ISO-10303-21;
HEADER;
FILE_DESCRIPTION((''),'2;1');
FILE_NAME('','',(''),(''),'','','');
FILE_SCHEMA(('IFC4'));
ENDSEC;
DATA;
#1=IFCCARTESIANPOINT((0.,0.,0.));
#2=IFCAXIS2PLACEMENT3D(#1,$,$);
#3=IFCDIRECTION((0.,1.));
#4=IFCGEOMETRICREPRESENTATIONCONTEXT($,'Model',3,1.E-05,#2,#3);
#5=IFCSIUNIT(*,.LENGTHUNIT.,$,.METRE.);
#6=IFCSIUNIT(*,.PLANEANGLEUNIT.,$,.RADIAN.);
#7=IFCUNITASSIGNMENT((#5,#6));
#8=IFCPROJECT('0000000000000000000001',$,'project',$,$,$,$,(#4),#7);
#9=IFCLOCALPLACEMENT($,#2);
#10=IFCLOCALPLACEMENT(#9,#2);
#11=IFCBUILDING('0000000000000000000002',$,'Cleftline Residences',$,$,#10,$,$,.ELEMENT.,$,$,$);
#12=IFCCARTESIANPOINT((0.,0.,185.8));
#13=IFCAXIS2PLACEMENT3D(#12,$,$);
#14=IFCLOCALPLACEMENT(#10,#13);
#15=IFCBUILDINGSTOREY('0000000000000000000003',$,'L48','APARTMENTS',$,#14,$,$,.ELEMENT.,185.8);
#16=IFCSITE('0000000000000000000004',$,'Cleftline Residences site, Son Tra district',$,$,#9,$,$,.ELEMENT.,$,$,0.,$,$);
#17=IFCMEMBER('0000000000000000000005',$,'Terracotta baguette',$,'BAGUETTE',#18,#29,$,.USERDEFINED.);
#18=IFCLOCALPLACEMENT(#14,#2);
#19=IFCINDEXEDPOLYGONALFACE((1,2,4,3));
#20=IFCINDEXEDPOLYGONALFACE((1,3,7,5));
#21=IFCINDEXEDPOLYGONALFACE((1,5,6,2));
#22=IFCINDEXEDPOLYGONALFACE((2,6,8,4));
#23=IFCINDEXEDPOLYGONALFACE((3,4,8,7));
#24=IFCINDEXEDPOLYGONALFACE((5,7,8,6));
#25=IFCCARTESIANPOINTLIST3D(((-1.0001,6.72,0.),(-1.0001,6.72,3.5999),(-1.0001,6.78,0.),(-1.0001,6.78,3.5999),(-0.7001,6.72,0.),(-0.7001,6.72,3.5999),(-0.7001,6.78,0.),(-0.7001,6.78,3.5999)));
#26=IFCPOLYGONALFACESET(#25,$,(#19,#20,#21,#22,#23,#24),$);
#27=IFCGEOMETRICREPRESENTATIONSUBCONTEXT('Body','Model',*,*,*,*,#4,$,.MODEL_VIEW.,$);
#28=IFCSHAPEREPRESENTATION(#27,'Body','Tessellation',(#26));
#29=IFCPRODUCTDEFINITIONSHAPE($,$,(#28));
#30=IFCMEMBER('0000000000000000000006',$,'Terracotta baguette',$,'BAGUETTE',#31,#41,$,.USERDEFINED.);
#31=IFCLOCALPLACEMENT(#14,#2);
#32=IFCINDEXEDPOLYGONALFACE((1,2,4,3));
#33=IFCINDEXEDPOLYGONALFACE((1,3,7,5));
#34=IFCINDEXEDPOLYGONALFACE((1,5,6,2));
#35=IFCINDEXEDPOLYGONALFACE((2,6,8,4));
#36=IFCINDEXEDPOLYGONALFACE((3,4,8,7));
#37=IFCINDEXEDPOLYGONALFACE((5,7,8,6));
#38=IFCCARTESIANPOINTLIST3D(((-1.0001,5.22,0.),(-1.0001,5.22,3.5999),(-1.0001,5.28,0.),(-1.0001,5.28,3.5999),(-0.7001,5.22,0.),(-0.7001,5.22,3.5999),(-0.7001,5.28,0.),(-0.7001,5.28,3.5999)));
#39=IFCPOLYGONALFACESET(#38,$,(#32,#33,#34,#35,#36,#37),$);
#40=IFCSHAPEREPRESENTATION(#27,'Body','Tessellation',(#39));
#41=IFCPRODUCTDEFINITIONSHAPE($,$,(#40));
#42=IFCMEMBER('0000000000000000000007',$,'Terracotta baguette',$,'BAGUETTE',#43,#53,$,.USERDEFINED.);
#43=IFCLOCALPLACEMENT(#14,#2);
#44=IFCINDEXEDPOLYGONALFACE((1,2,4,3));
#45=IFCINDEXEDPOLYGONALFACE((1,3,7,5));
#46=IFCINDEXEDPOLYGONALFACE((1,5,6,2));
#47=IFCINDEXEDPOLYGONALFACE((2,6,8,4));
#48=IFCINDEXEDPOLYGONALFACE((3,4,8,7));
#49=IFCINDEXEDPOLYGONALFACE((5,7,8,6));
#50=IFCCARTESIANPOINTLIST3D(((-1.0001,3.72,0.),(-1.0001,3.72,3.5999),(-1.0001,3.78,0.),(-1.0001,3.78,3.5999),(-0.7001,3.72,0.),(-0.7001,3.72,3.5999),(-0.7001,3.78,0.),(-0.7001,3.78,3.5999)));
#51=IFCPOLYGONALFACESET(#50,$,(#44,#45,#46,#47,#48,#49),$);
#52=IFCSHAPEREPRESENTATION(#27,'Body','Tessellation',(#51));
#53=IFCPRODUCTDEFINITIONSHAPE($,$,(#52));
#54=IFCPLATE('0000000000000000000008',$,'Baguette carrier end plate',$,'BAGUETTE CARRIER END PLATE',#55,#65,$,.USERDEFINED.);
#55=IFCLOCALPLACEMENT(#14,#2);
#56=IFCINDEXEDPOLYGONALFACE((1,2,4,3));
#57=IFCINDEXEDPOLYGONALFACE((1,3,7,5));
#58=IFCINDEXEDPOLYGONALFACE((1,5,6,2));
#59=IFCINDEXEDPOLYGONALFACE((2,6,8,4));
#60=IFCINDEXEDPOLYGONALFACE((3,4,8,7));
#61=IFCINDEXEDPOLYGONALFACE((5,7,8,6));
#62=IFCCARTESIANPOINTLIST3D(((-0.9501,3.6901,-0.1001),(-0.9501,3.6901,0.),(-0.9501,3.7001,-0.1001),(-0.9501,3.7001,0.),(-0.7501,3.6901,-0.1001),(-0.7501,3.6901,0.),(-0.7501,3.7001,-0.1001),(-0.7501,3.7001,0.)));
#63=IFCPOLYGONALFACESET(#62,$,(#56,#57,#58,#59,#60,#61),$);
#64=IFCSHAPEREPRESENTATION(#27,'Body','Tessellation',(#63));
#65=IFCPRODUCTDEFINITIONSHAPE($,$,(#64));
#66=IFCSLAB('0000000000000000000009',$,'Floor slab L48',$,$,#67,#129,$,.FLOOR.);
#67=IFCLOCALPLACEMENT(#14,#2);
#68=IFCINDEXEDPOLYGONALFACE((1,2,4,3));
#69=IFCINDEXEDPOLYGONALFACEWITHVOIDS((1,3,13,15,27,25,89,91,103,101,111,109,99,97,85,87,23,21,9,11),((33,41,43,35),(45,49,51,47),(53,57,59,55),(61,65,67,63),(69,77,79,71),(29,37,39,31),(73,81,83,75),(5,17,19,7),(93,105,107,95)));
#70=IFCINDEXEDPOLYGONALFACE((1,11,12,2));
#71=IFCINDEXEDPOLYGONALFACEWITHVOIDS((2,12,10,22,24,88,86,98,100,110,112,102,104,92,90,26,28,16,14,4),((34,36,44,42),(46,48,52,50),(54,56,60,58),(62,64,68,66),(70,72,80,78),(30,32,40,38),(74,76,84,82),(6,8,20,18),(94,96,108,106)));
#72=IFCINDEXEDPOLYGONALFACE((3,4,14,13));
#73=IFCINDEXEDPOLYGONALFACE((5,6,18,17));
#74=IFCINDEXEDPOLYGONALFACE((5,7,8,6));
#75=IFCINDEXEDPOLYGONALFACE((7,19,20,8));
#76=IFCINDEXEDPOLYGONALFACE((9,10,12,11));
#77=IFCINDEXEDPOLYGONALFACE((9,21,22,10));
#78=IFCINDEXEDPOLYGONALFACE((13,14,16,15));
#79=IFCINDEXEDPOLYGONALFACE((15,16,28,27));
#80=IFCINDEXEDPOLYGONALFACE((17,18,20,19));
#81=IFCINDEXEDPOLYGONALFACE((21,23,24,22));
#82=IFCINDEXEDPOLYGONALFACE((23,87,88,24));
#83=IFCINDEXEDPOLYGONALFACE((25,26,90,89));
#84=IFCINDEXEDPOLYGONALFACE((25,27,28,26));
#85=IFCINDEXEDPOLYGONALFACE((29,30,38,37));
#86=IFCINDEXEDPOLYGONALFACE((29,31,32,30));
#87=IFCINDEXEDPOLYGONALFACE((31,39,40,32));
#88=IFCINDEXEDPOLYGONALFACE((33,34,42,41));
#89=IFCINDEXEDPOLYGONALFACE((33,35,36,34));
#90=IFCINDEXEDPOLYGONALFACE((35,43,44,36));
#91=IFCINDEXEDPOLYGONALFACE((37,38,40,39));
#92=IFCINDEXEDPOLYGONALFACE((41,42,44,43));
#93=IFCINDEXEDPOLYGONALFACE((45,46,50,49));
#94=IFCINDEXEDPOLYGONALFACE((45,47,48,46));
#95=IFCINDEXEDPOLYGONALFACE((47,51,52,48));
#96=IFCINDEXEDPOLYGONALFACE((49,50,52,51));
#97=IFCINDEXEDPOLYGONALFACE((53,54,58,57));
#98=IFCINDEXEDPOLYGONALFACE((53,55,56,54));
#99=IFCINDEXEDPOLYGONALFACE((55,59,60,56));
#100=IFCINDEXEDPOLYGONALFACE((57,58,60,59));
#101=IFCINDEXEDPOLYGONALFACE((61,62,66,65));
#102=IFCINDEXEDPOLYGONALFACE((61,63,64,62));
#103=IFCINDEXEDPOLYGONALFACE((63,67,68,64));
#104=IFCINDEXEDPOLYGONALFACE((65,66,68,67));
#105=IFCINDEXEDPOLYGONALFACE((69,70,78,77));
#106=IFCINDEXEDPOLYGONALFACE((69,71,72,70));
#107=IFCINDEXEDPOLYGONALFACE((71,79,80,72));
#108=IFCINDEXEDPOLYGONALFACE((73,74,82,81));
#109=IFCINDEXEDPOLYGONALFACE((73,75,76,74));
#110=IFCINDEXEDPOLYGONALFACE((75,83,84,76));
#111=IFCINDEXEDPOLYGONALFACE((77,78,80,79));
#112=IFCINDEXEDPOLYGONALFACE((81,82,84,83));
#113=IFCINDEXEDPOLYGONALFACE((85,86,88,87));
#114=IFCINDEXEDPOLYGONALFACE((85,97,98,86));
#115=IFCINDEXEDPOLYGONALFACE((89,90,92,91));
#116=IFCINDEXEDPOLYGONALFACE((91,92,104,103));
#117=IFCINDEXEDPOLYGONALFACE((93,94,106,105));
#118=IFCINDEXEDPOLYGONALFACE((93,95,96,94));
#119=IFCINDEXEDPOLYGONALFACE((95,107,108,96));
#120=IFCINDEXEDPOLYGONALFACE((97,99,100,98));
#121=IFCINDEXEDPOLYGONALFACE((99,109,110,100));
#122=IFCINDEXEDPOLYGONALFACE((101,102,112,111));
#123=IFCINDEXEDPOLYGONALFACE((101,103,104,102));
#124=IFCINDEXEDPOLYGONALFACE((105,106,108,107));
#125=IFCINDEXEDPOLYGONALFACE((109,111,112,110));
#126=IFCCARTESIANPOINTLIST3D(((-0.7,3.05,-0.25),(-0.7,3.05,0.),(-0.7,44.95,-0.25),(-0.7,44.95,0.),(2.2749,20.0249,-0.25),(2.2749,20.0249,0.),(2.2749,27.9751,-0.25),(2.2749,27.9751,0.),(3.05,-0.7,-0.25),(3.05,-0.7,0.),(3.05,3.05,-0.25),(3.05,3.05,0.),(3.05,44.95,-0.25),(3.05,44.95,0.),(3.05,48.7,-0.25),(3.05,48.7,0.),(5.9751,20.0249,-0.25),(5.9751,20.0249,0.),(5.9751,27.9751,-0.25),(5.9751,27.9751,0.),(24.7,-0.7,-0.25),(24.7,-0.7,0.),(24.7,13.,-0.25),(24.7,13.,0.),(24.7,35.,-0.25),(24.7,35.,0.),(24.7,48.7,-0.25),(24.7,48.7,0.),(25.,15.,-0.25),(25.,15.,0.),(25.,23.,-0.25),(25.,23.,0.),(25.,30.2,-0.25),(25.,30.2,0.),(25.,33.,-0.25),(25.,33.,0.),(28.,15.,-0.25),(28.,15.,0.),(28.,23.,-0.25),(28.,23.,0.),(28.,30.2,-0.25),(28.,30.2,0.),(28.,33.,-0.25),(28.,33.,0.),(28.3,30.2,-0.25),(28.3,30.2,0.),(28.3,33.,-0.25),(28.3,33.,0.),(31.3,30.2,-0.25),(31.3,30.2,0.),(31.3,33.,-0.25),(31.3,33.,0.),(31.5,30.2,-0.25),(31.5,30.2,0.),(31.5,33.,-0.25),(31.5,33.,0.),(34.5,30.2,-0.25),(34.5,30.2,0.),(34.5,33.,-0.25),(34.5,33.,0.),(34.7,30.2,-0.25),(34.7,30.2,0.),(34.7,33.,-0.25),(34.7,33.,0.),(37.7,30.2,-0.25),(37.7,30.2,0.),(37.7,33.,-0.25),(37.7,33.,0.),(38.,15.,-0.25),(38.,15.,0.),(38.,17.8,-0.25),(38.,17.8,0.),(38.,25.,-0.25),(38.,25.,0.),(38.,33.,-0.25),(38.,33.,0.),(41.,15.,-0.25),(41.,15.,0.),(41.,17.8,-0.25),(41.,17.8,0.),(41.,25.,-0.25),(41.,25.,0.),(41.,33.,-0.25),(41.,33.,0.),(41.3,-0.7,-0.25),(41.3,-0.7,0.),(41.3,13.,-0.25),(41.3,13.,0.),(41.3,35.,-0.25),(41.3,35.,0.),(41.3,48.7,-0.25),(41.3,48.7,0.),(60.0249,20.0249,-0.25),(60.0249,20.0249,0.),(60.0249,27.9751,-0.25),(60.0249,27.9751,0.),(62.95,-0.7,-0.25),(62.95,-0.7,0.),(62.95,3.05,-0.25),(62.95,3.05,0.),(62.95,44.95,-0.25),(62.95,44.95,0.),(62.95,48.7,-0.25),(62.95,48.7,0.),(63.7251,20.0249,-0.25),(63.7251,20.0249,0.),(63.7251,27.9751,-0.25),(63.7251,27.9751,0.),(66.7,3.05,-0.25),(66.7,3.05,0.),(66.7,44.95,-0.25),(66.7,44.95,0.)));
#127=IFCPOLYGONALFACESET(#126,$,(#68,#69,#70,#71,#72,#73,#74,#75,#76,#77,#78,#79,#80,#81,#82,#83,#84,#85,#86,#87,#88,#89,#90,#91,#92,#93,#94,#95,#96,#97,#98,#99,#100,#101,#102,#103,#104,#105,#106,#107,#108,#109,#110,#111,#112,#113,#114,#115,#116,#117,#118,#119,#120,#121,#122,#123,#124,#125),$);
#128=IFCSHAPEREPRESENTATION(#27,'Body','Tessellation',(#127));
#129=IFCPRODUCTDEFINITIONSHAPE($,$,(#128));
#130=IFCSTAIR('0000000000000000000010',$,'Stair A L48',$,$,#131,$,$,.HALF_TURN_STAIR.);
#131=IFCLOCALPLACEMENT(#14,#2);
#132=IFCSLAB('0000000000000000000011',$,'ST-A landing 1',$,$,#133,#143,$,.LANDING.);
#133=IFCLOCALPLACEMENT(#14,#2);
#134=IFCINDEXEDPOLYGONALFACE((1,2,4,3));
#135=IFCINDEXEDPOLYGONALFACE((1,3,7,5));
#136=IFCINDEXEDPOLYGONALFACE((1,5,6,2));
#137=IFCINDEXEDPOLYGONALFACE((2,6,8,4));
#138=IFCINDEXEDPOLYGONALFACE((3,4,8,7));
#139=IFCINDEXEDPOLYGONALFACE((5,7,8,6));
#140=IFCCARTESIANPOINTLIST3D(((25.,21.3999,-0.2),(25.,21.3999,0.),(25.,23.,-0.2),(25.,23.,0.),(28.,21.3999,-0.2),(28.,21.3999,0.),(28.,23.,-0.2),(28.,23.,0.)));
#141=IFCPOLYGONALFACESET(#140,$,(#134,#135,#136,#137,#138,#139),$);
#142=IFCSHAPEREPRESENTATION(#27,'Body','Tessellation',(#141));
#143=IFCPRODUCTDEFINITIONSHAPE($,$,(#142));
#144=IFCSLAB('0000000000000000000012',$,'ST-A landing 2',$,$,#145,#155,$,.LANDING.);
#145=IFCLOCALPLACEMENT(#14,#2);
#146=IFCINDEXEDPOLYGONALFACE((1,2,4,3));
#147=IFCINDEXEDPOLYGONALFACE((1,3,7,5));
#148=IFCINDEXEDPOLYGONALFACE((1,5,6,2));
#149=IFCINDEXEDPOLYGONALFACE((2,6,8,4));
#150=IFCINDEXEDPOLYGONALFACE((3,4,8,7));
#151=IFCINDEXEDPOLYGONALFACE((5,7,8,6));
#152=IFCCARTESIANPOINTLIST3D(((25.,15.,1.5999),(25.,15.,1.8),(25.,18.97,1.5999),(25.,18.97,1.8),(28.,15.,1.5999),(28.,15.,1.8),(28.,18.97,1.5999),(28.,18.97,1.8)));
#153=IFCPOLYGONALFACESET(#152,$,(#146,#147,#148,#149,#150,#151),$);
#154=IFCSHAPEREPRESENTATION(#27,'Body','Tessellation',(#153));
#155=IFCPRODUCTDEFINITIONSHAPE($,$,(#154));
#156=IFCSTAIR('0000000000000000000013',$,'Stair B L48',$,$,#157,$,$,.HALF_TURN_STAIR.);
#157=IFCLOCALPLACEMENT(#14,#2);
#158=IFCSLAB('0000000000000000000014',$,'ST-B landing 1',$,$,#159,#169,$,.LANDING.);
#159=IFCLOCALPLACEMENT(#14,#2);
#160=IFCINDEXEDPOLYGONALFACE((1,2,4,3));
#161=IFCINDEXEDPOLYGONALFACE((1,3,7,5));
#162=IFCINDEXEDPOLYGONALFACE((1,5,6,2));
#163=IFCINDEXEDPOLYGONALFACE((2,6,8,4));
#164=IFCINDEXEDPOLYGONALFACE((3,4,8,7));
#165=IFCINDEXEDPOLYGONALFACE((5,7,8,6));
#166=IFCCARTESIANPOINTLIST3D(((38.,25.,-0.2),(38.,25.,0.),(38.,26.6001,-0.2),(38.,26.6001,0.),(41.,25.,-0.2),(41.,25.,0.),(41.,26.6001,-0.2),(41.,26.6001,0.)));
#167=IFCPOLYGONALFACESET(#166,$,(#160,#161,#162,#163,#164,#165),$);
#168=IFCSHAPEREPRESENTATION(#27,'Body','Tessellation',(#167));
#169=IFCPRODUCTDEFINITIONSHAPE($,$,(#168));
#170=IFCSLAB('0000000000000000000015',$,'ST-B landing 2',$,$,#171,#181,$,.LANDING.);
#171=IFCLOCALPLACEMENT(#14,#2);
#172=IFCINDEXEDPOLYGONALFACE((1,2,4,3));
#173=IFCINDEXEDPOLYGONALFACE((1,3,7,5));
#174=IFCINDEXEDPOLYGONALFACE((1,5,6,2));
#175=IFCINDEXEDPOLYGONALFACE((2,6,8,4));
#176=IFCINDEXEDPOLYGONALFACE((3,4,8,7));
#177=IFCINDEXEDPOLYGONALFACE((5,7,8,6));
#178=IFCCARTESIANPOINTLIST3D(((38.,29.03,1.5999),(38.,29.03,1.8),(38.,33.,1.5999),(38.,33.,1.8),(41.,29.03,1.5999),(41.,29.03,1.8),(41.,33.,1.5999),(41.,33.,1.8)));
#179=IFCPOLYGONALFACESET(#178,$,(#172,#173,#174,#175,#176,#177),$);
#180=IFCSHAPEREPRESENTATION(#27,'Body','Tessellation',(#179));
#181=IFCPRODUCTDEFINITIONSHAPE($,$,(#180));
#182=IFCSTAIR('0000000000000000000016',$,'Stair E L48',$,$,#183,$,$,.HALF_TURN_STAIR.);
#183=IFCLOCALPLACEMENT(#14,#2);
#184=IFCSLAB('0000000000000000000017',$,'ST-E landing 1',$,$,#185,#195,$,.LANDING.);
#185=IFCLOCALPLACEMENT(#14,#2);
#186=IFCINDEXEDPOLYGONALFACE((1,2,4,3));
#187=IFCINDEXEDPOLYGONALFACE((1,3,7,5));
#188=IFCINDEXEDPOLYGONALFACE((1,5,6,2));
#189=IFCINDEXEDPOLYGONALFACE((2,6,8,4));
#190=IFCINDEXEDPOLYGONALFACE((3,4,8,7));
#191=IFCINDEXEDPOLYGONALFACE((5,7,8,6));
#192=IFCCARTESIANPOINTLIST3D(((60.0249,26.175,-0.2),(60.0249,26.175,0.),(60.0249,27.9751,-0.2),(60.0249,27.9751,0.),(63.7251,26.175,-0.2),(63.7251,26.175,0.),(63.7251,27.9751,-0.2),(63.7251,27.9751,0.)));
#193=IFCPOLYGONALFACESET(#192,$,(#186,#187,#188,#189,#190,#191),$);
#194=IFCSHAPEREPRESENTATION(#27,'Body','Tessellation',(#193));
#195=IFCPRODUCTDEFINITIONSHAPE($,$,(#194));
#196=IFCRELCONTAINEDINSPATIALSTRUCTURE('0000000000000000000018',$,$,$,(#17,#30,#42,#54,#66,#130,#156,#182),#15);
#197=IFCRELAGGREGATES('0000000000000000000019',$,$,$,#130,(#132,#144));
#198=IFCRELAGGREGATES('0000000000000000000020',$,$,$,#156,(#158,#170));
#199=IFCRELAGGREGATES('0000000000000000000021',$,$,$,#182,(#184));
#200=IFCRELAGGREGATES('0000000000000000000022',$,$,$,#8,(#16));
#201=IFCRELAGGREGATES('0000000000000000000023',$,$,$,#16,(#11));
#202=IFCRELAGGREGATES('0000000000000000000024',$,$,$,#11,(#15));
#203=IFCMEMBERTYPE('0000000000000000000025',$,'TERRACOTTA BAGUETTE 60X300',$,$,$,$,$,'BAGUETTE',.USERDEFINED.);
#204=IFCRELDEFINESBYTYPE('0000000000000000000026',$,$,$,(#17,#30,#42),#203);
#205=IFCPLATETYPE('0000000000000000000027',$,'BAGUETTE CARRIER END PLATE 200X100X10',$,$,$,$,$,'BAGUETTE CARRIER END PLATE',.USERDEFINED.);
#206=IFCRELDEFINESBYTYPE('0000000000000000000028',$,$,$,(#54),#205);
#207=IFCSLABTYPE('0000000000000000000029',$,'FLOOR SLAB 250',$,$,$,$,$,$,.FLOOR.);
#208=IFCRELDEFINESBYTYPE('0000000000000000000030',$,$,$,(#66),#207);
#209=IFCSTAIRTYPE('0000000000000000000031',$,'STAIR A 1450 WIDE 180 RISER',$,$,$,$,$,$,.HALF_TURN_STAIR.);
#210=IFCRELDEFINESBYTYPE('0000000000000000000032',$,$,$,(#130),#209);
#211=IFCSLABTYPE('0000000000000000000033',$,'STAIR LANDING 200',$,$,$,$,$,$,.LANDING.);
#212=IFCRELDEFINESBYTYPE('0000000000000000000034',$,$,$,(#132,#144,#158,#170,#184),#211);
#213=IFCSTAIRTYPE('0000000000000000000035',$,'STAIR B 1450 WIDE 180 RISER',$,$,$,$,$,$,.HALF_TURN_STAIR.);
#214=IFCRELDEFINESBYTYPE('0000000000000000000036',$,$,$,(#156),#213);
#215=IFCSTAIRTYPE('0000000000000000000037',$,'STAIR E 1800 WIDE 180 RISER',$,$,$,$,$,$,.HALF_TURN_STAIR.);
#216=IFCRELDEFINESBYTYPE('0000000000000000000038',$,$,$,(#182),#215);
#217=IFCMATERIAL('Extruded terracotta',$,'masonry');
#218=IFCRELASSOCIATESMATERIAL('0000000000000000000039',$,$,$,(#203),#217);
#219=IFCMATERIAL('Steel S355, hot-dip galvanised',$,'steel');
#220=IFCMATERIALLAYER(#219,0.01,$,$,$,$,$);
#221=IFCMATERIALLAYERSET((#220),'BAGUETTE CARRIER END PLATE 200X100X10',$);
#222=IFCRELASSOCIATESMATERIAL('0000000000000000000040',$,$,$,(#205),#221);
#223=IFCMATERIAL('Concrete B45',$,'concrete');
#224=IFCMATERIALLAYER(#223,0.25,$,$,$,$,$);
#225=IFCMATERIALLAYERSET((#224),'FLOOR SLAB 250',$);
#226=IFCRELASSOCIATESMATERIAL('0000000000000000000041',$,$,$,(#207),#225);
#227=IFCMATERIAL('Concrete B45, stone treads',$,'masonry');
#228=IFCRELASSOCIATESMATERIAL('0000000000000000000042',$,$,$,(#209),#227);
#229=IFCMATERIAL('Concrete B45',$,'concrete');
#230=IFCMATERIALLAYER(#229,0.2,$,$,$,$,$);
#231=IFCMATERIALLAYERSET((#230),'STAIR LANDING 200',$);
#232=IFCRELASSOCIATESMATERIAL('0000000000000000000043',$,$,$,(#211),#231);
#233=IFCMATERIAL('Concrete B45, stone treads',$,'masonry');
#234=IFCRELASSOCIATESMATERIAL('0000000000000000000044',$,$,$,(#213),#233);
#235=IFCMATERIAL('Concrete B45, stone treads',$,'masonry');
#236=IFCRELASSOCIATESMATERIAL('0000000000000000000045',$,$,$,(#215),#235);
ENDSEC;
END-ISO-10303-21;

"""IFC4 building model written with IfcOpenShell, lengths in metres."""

from ifc_helpers import new_model, si_unit, direction, frame, origin, origin_2d, place, context, subcontext, project, spatial, polyline, rectangle, outline, extrude, material, layer, layer_set, material_profile, profile_set, type_object, element, aggregate, save


model = new_model("IFC4")

# Units and contexts
model_context = context("Model", 3, precision=1e-05, world=origin(), true_north=direction((0.0, 1.0)))
body_context = subcontext(model_context, "Body", "Model", "MODEL_VIEW")
ifc_project = project(units=[si_unit("LENGTHUNIT", "METRE"), si_unit("PLANEANGLEUNIT", "RADIAN")], contexts=[model_context])

# Site, building, storey
site_placement = place(None, origin())
site = spatial("IfcSite", under=ifc_project, at=site_placement, Name="Cleftline Residences site, Son Tra district", CompositionType="ELEMENT", RefElevation=0.0)
building_placement = place(site_placement, origin())
building = spatial("IfcBuilding", under=site, at=building_placement, Name="Cleftline Residences", CompositionType="ELEMENT")
storey_placement = place(building_placement, frame((0.0, 0.0, 185.8)))
storey = spatial("IfcBuildingStorey", under=building, at=storey_placement, Name="L48", Description="APARTMENTS", CompositionType="ELEMENT", Elevation=185.8)

# Members
ifc_material_1 = material(Name="Extruded terracotta", Category="masonry")
ifc_material_profile_1 = material_profile(ifc_material_1, rectangle(XDim=0.0601, YDim=0.3, at=origin_2d()))
ifc_profile_set_1 = profile_set([ifc_material_profile_1], Name="Extruded terracotta")
member_type_1 = type_object("IfcMemberType", Name="TERRACOTTA BAGUETTE 60X300", ElementType="BAGUETTE", PredefinedType="USERDEFINED", material=ifc_profile_set_1)
for number, where, z_axis, x_axis, name in (
    (1, (-0.8501, 6.75, 0.0), (0.0, 0.0, 1.0), (0.0, 1.0, 0.0), "Terracotta baguette"),
    (2, (-0.8501, 5.25, 0.0), (0.0, 0.0, 1.0), (0.0, 1.0, 0.0), "Terracotta baguette"),
    (3, (-0.8501, 3.75, 0.0), (0.0, 0.0, 1.0), (0.0, 1.0, 0.0), "Terracotta baguette"),
):
    element("IfcMember", number, at=place(storey_placement, frame(where, z_axis=z_axis, x_axis=x_axis)), inside=storey, type_object=member_type_1, Name=name, ObjectType="BAGUETTE", PredefinedType="USERDEFINED", context=body_context, shape_type="SweptSolid", body=[
        extrude(rectangle(XDim=0.0601, YDim=0.3, at=origin_2d()), origin(), (0.0, 0.0, 1.0), 3.5999),
    ])

# Plate
ifc_material_2 = material(Name="Steel S355, hot-dip galvanised", Category="steel")
ifc_layer_1 = layer(ifc_material_2, 0.01)
ifc_layer_set_1 = layer_set([ifc_layer_1], Name="BAGUETTE CARRIER END PLATE 200X100X10")
plate_type = type_object("IfcPlateType", Name="BAGUETTE CARRIER END PLATE 200X100X10", ElementType="BAGUETTE CARRIER END PLATE", PredefinedType="USERDEFINED", material=ifc_layer_set_1)
plate_placement = place(storey_placement, frame((-0.8501, 3.6951, -0.1001), z_axis=(0.0, 0.0, 1.0), x_axis=(-1.0, 0.0, 0.0)))
element("IfcPlate", 4, at=plate_placement, inside=storey, type_object=plate_type, Name="Baguette carrier end plate", ObjectType="BAGUETTE CARRIER END PLATE", PredefinedType="USERDEFINED", context=body_context, shape_type="SweptSolid", body=[
    extrude(rectangle(XDim=0.2, YDim=0.01, at=origin_2d()), origin(), (0.0, 0.0, 1.0), 0.1001),
])

# Slab
ifc_material_3 = material(Name="Concrete B45", Category="concrete")
ifc_layer_2 = layer(ifc_material_3, 0.25)
ifc_layer_set_2 = layer_set([ifc_layer_2], Name="FLOOR SLAB 250")
slab_type_1 = type_object("IfcSlabType", Name="FLOOR SLAB 250", PredefinedType="FLOOR", material=ifc_layer_set_2)
slab_1_placement = place(storey_placement, frame((0.0, 0.0, -0.25)))
element("IfcSlab", 5, at=slab_1_placement, inside=storey, type_object=slab_type_1, Name="Floor slab L48", PredefinedType="FLOOR", context=body_context, shape_type="SweptSolid", body=[
    extrude(outline(polyline([(24.7, 13.0), (41.3, 13.0), (41.3, -0.7), (62.95, -0.7), (62.95, 3.05), (66.7, 3.05), (66.7, 44.95), (62.95, 44.95), (62.95, 48.7), (41.3, 48.7), (41.3, 35.0), (24.7, 35.0), (24.7, 48.7), (3.05, 48.7), (3.05, 44.95), (-0.7, 44.95), (-0.7, 3.05), (3.05, 3.05), (3.05, -0.7), (24.7, -0.7), (24.7, 13.0)]), holes=[polyline([(28.0, 15.0), (28.0, 23.0), (25.0, 23.0), (25.0, 15.0), (28.0, 15.0)]), polyline([(41.0, 25.0), (41.0, 33.0), (38.0, 33.0), (38.0, 25.0), (41.0, 25.0)]), polyline([(28.0, 30.2), (28.0, 33.0), (25.0, 33.0), (25.0, 30.2), (28.0, 30.2)]), polyline([(41.0, 15.0), (41.0, 17.8), (38.0, 17.8), (38.0, 15.0), (41.0, 15.0)]), polyline([(31.3, 30.2), (31.3, 33.0), (28.3, 33.0), (28.3, 30.2), (31.3, 30.2)]), polyline([(34.5, 30.2), (34.5, 33.0), (31.5, 33.0), (31.5, 30.2), (34.5, 30.2)]), polyline([(37.7, 30.2), (37.7, 33.0), (34.7, 33.0), (34.7, 30.2), (37.7, 30.2)]), polyline([(63.7251, 20.0249), (63.7251, 27.9751), (60.0249, 27.9751), (60.0249, 20.0249), (63.7251, 20.0249)]), polyline([(5.9751, 20.0249), (5.9751, 27.9751), (2.2749, 27.9751), (2.2749, 20.0249), (5.9751, 20.0249)])]), origin(), (0.0, 0.0, 1.0), 0.25),
])

# Stairs, slabs
ifc_material_4 = material(Name="Concrete B45, stone treads", Category="masonry")
stair_type_1 = type_object("IfcStairType", Name="STAIR A 1450 WIDE 180 RISER", PredefinedType="HALF_TURN_STAIR", material=ifc_material_4)
stair_1_placement = place(storey_placement, origin())
stair_1 = element("IfcStair", 6, at=stair_1_placement, inside=storey, type_object=stair_type_1, Name="Stair A L48", PredefinedType="HALF_TURN_STAIR")
ifc_material_5 = material(Name="Concrete B45", Category="concrete")
ifc_layer_3 = layer(ifc_material_5, 0.2)
ifc_layer_set_3 = layer_set([ifc_layer_3], Name="STAIR LANDING 200")
slab_type_2 = type_object("IfcSlabType", Name="STAIR LANDING 200", PredefinedType="LANDING", material=ifc_layer_set_3)
slab_2_placement = place(storey_placement, frame((0.0, 0.0, -0.2)))
slab_2 = element("IfcSlab", 7, at=slab_2_placement, type_object=slab_type_2, Name="ST-A landing 1", PredefinedType="LANDING", context=body_context, shape_type="SweptSolid", body=[
    extrude(outline(polyline([(25.0, 21.3999), (28.0, 21.3999), (28.0, 23.0), (25.0, 23.0), (25.0, 21.3999)])), origin(), (0.0, 0.0, 1.0), 0.2),
])
slab_3_placement = place(storey_placement, frame((0.0, 0.0, 1.5999)))
slab_3 = element("IfcSlab", 8, at=slab_3_placement, type_object=slab_type_2, Name="ST-A landing 2", PredefinedType="LANDING", context=body_context, shape_type="SweptSolid", body=[
    extrude(outline(polyline([(25.0, 15.0), (28.0, 15.0), (28.0, 18.97), (25.0, 18.97), (25.0, 15.0)])), origin(), (0.0, 0.0, 1.0), 0.2002),
])
aggregate(stair_1, [slab_2, slab_3])
ifc_material_6 = material(Name="Concrete B45, stone treads", Category="masonry")
stair_type_2 = type_object("IfcStairType", Name="STAIR B 1450 WIDE 180 RISER", PredefinedType="HALF_TURN_STAIR", material=ifc_material_6)
stair_2_placement = place(storey_placement, origin())
stair_2 = element("IfcStair", 9, at=stair_2_placement, inside=storey, type_object=stair_type_2, Name="Stair B L48", PredefinedType="HALF_TURN_STAIR")
slab_4_placement = place(storey_placement, frame((0.0, 0.0, -0.2)))
slab_4 = element("IfcSlab", 10, at=slab_4_placement, type_object=slab_type_2, Name="ST-B landing 1", PredefinedType="LANDING", context=body_context, shape_type="SweptSolid", body=[
    extrude(outline(polyline([(38.0, 25.0), (41.0, 25.0), (41.0, 26.6001), (38.0, 26.6001), (38.0, 25.0)])), origin(), (0.0, 0.0, 1.0), 0.2),
])
slab_5_placement = place(storey_placement, frame((0.0, 0.0, 1.5999)))
slab_5 = element("IfcSlab", 11, at=slab_5_placement, type_object=slab_type_2, Name="ST-B landing 2", PredefinedType="LANDING", context=body_context, shape_type="SweptSolid", body=[
    extrude(outline(polyline([(38.0, 29.03), (41.0, 29.03), (41.0, 33.0), (38.0, 33.0), (38.0, 29.03)])), origin(), (0.0, 0.0, 1.0), 0.2002),
])
aggregate(stair_2, [slab_4, slab_5])
ifc_material_7 = material(Name="Concrete B45, stone treads", Category="masonry")
stair_type_3 = type_object("IfcStairType", Name="STAIR E 1800 WIDE 180 RISER", PredefinedType="HALF_TURN_STAIR", material=ifc_material_7)
stair_3_placement = place(storey_placement, origin())
stair_3 = element("IfcStair", 12, at=stair_3_placement, inside=storey, type_object=stair_type_3, Name="Stair E L48", PredefinedType="HALF_TURN_STAIR")
slab_6_placement = place(storey_placement, frame((0.0, 0.0, -0.2)))
slab_6 = element("IfcSlab", 13, at=slab_6_placement, type_object=slab_type_2, Name="ST-E landing 1", PredefinedType="LANDING", context=body_context, shape_type="SweptSolid", body=[
    extrude(outline(polyline([(60.0249, 26.175), (63.7251, 26.175), (63.7251, 27.9751), (60.0249, 27.9751), (60.0249, 26.175)])), origin(), (0.0, 0.0, 1.0), 0.2),
])
aggregate(stair_3, [slab_6])

save(model, "model.ifc")
